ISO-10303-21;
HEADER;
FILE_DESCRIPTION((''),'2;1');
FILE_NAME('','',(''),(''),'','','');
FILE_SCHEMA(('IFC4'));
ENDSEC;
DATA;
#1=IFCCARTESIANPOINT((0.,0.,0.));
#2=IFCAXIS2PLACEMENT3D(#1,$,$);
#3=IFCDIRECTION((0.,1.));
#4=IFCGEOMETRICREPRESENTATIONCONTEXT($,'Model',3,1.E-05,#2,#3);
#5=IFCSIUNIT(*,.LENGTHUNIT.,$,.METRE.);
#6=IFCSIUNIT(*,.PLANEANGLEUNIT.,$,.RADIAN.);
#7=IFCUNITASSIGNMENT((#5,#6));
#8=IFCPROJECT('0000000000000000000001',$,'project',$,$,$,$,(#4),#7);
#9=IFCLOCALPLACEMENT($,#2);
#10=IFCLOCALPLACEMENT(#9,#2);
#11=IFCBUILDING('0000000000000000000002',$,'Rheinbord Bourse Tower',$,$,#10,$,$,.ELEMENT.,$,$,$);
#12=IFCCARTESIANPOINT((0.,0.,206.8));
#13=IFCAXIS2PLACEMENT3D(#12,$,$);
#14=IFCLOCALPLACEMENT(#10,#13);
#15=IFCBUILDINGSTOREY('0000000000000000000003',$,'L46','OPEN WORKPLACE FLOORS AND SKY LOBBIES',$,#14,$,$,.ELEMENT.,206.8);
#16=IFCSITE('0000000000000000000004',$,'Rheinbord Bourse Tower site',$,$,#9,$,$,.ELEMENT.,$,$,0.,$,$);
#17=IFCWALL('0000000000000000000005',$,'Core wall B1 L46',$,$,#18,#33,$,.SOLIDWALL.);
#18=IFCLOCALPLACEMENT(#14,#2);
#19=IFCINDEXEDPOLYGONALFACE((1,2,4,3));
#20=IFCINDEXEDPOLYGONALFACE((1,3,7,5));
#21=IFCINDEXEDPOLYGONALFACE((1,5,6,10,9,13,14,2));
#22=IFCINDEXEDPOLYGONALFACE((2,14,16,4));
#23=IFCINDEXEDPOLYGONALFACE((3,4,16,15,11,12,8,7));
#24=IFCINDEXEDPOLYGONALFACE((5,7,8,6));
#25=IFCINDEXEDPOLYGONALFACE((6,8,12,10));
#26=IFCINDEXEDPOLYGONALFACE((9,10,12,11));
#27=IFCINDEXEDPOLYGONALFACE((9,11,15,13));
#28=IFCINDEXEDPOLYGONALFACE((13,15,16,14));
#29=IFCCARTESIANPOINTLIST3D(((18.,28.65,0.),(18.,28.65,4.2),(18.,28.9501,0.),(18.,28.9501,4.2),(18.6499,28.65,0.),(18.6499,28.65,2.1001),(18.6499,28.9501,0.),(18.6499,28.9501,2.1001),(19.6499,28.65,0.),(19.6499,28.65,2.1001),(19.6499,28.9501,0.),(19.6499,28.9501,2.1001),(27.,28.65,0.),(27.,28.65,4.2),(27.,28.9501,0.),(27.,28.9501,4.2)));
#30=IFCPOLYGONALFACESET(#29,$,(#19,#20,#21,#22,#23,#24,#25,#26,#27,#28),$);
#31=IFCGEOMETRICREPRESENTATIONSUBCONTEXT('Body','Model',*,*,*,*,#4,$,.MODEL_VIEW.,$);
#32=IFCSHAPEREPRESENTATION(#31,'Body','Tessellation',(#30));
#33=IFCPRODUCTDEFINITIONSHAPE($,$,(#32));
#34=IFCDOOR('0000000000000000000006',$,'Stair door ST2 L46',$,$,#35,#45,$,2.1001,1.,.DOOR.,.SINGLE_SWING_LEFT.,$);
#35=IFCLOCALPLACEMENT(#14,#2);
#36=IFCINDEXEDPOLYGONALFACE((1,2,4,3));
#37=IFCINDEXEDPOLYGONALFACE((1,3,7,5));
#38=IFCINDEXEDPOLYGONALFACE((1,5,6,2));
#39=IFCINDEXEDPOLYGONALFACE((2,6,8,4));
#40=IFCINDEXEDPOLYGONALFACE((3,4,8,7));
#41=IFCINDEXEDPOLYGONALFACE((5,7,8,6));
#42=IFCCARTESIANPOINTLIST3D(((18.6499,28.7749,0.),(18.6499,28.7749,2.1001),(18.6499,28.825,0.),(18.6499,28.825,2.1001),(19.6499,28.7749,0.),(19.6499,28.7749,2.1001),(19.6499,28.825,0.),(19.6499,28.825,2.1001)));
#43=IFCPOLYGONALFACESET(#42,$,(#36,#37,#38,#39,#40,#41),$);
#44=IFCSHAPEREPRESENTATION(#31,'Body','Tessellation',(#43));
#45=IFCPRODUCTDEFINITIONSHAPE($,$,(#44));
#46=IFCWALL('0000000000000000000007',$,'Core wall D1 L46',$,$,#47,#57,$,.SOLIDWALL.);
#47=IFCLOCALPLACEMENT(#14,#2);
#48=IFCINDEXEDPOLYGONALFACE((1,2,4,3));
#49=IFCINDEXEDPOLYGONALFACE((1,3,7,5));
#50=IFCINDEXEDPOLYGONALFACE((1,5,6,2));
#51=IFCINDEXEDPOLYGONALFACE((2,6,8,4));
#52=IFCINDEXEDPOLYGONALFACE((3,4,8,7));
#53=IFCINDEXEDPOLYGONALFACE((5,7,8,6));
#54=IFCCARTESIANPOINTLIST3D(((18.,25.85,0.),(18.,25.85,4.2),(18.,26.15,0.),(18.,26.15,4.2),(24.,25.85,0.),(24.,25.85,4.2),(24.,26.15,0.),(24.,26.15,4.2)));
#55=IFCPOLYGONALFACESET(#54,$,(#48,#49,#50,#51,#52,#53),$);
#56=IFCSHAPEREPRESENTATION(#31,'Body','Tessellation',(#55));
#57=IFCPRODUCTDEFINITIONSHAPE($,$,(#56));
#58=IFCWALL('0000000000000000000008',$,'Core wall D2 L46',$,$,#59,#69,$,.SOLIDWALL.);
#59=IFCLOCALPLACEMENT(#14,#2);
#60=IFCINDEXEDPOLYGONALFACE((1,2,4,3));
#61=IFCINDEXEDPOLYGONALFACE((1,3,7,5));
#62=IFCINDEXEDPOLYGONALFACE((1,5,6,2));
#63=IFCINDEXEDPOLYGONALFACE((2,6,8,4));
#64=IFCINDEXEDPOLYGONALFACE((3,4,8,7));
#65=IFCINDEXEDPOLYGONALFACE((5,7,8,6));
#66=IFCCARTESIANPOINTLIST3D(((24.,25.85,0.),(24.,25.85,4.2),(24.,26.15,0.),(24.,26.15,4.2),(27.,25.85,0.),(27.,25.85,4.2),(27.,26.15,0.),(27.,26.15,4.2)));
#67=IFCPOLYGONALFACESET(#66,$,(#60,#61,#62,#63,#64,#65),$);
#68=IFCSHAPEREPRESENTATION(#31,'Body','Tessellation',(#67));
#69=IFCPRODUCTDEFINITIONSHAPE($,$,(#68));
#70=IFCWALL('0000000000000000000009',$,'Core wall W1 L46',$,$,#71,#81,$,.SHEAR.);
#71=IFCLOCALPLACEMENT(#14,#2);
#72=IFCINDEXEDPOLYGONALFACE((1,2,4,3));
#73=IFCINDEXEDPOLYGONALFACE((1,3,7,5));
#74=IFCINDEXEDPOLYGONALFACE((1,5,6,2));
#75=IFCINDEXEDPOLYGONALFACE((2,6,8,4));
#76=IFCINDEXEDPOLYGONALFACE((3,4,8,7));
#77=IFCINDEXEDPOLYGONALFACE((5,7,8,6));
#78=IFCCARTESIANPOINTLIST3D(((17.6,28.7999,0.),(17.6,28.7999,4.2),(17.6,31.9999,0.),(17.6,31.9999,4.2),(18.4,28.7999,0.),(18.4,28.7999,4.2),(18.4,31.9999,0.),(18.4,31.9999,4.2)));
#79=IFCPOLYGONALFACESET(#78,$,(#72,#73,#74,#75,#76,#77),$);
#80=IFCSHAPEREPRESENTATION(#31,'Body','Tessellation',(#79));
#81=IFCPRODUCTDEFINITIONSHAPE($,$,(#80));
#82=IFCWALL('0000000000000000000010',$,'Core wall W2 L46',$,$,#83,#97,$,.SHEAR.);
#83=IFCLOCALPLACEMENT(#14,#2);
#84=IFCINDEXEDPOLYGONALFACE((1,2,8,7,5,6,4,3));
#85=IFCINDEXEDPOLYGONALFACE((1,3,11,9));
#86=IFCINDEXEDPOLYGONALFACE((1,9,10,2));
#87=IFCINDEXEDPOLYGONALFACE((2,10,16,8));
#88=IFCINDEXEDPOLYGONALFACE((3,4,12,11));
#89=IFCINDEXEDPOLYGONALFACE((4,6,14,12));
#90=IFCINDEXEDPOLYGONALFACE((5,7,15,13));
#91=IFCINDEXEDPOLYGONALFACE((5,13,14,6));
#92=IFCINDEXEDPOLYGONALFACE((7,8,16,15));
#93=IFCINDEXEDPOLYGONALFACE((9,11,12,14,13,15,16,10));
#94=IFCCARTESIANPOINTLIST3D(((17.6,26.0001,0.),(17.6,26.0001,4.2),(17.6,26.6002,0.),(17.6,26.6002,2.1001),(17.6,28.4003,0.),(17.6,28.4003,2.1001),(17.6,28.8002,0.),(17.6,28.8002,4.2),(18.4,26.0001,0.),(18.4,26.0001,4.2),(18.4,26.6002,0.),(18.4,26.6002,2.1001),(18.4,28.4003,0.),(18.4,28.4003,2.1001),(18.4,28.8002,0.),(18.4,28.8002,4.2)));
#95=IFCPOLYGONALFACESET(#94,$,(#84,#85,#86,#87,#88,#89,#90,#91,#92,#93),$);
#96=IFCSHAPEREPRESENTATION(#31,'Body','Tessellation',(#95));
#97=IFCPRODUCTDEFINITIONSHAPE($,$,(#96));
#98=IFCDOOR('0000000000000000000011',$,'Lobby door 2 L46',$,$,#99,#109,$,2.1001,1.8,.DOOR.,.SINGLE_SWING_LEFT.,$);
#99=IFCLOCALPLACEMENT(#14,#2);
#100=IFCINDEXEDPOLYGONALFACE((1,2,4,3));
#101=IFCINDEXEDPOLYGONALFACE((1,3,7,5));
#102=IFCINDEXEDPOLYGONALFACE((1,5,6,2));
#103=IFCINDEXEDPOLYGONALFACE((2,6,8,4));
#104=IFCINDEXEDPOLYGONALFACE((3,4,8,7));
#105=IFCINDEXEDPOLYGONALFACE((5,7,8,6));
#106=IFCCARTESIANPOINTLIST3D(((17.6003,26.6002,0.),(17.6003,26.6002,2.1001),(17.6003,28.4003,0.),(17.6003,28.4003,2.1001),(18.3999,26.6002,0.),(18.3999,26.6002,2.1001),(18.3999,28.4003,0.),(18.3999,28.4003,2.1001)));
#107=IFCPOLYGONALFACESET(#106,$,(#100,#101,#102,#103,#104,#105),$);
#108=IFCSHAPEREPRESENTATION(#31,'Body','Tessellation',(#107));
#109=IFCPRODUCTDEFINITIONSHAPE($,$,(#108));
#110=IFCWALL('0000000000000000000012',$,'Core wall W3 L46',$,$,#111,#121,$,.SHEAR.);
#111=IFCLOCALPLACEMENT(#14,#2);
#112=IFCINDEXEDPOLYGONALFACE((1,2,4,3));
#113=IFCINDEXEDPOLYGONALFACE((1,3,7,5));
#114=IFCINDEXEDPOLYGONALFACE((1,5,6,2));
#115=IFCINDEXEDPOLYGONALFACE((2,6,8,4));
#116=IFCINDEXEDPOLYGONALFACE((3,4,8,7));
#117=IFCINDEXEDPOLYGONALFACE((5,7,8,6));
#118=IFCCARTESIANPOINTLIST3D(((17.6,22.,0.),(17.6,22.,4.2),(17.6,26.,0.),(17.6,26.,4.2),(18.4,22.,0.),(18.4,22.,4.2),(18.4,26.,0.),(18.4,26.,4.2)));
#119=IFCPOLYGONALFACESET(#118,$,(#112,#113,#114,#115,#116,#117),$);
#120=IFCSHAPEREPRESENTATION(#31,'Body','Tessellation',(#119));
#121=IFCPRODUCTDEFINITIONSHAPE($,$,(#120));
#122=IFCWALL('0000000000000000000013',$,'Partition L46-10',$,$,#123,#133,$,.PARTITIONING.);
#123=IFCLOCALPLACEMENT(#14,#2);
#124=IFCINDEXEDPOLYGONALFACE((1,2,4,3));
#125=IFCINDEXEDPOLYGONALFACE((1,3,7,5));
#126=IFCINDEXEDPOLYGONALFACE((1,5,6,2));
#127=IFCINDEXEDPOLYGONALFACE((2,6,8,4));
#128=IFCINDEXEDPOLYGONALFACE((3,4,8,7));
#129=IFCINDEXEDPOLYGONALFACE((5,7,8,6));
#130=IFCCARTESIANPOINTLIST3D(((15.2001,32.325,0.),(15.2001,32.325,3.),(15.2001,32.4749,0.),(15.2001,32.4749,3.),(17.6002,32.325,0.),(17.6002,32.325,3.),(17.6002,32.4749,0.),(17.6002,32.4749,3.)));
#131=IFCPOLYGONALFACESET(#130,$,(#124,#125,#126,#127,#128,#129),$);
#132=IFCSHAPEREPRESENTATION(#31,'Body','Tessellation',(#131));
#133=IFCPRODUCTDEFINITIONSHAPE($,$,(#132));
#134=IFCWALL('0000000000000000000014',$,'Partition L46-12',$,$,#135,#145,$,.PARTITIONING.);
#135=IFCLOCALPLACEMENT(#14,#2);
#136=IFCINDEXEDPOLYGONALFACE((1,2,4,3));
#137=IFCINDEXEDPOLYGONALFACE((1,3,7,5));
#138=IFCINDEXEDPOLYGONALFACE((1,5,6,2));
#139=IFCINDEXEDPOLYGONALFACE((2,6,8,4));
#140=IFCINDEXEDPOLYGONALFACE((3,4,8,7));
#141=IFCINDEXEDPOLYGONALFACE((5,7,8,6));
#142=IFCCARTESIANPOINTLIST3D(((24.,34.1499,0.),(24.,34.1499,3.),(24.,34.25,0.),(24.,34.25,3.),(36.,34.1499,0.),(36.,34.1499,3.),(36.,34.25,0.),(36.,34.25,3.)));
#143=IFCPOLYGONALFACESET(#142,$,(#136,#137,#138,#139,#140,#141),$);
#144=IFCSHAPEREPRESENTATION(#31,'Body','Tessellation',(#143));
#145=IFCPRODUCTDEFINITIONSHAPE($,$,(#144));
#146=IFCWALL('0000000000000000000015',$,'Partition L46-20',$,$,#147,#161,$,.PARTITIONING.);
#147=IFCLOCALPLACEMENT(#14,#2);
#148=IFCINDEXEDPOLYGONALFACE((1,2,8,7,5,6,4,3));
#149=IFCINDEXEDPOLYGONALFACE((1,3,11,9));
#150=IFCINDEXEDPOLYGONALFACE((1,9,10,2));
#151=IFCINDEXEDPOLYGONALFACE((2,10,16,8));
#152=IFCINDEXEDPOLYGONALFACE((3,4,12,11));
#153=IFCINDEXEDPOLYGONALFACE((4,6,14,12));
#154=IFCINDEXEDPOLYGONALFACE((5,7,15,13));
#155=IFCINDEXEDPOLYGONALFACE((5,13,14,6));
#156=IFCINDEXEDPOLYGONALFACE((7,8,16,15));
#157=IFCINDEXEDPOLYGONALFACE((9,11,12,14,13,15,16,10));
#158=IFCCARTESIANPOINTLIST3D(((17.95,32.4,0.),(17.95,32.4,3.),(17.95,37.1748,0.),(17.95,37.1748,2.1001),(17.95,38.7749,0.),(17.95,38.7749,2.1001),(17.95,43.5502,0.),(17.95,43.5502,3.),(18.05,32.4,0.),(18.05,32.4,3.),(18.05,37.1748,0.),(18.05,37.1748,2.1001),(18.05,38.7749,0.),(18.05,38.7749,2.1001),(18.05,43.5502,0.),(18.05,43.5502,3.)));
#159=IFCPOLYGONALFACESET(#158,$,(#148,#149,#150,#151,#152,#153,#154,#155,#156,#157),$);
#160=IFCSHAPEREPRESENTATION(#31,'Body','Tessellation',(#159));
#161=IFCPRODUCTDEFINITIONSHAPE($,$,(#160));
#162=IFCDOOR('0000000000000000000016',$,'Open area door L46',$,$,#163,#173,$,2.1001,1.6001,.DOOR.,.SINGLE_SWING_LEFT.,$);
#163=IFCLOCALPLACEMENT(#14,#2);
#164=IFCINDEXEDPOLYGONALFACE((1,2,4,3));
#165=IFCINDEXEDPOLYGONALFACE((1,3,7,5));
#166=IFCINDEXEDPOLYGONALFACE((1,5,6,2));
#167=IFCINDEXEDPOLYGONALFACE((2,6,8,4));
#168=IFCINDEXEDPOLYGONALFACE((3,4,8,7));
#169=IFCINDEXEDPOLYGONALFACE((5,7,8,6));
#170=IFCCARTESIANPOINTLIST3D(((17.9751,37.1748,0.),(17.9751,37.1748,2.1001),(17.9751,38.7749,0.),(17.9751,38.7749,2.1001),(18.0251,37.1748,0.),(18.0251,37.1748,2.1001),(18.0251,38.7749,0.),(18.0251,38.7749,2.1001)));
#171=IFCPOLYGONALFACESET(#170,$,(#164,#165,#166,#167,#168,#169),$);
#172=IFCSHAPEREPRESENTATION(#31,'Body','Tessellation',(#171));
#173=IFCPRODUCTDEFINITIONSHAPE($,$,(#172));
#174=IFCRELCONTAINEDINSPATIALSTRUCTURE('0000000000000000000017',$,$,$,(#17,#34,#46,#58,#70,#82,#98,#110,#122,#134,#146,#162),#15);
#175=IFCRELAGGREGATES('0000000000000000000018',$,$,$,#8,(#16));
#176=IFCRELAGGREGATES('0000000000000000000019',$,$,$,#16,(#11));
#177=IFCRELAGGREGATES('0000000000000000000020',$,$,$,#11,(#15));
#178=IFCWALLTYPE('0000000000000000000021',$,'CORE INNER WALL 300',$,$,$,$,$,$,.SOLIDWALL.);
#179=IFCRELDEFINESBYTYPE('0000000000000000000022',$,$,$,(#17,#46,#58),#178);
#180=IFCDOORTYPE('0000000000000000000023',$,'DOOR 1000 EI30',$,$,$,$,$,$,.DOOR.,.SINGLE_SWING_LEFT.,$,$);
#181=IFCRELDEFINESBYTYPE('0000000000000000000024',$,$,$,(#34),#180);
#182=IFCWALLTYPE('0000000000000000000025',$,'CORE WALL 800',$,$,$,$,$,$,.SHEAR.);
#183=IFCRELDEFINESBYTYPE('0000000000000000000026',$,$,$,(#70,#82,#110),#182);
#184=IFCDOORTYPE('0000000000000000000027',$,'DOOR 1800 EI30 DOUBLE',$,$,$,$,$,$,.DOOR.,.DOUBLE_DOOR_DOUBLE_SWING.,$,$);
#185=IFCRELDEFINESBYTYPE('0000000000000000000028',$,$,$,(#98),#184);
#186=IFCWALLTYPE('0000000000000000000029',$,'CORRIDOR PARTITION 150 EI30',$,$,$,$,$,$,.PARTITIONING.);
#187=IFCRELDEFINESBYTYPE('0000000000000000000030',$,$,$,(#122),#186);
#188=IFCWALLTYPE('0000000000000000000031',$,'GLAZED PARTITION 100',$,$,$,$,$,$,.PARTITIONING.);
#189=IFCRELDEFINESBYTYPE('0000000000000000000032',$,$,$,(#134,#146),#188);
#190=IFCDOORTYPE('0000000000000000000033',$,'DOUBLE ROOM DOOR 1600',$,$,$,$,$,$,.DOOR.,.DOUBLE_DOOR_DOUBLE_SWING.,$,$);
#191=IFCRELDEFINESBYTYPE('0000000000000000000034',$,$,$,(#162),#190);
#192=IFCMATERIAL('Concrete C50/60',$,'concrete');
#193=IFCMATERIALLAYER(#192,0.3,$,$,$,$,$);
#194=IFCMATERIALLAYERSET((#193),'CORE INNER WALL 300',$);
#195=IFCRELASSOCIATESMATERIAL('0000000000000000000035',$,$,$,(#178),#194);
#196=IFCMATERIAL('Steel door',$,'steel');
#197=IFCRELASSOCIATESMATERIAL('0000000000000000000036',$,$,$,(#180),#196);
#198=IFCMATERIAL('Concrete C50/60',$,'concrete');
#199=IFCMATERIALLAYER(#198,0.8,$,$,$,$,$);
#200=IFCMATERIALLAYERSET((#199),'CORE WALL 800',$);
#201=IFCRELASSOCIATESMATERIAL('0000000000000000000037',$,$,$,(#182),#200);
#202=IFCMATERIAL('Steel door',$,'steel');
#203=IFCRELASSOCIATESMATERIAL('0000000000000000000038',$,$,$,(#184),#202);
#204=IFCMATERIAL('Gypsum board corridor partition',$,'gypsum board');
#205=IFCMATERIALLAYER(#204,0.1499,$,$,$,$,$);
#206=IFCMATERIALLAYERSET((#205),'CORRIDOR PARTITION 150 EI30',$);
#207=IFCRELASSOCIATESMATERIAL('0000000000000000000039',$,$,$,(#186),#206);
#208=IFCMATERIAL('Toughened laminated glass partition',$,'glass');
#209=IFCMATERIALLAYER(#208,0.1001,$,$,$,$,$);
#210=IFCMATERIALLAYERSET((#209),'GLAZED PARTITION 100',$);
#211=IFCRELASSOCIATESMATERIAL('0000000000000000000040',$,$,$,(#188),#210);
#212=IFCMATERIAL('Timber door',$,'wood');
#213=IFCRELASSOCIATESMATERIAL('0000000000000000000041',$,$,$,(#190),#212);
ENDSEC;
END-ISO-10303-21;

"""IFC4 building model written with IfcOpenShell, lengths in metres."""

from ifc_helpers import new_model, si_unit, direction, frame, frame_2d, origin, place, context, subcontext, project, spatial, rectangle, extrude, material, layer, layer_set, type_object, element, fill, save


model = new_model("IFC4")

# Units and contexts
model_context = context("Model", 3, precision=1e-05, world=origin(), true_north=direction((0.0, 1.0)))
body_context = subcontext(model_context, "Body", "Model", "MODEL_VIEW")
ifc_project = project(units=[si_unit("LENGTHUNIT", "METRE"), si_unit("PLANEANGLEUNIT", "RADIAN")], contexts=[model_context])

# Site, building, storey
site_placement = place(None, origin())
site = spatial("IfcSite", under=ifc_project, at=site_placement, Name="Rheinbord Bourse Tower site", CompositionType="ELEMENT", RefElevation=0.0)
building_placement = place(site_placement, origin())
building = spatial("IfcBuilding", under=site, at=building_placement, Name="Rheinbord Bourse Tower", CompositionType="ELEMENT")
storey_placement = place(building_placement, frame((0.0, 0.0, 206.8)))
storey = spatial("IfcBuildingStorey", under=building, at=storey_placement, Name="L46", Description="OPEN WORKPLACE FLOORS AND SKY LOBBIES", CompositionType="ELEMENT", Elevation=206.8)

# Wall, opening, door
ifc_material_1 = material(Name="Concrete C50/60", Category="concrete")
ifc_layer_1 = layer(ifc_material_1, 0.3)
ifc_layer_set_1 = layer_set([ifc_layer_1], Name="CORE INNER WALL 300")
wall_type_1 = type_object("IfcWallType", Name="CORE INNER WALL 300", PredefinedType="SOLIDWALL", material=ifc_layer_set_1)
wall_1_placement = place(storey_placement, frame((18.0, 28.8, 0.0), z_axis=(0.0, 0.0, 1.0), x_axis=(1.0, 0.0, 0.0)))
wall_1 = element("IfcWall", 1, at=wall_1_placement, inside=storey, type_object=wall_type_1, Name="Core wall B1 L46", PredefinedType="SOLIDWALL", context=body_context, shape_type="SweptSolid", body=[
    extrude(rectangle(XDim=9.0, YDim=0.3, at=frame_2d((4.5, 0.0))), origin(), (0.0, 0.0, 1.0), 4.2),
])
opening_1_placement = place(wall_1_placement, frame((0.6499, 0.0, 0.0)))
opening_1 = element("IfcOpeningElement", 2, at=opening_1_placement, cuts=wall_1, PredefinedType="OPENING", context=body_context, shape_type="SweptSolid", body=[
    extrude(rectangle(XDim=1.0, YDim=2.1001, at=frame_2d((0.5, 1.05))), frame((0.0, 0.1599, 0.0), z_axis=(0.0, -1.0, 0.0), x_axis=(1.0, 0.0, 0.0)), (0.0, 0.0, 1.0), 0.3201),
])
ifc_material_2 = material(Name="Steel door", Category="steel")
door_type_1 = type_object("IfcDoorType", Name="DOOR 1000 EI30", OperationType="SINGLE_SWING_LEFT", PredefinedType="DOOR", material=ifc_material_2)
door_1_placement = place(opening_1_placement, origin())
door_1 = element("IfcDoor", 3, at=door_1_placement, inside=storey, type_object=door_type_1, Name="Stair door ST2 L46", OperationType="SINGLE_SWING_LEFT", OverallHeight=2.1001, OverallWidth=1.0, PredefinedType="DOOR", context=body_context, shape_type="SweptSolid", body=[
    extrude(rectangle(XDim=1.0, YDim=2.1001, at=frame_2d((0.5, 1.05))), frame((0.0, 0.0249, 0.0), z_axis=(0.0, -1.0, 0.0), x_axis=(1.0, 0.0, 0.0)), (0.0, 0.0, 1.0), 0.05),
])
fill(opening_1, door_1)

# Walls
wall_2_placement = place(storey_placement, frame((18.0, 26.0, 0.0), z_axis=(0.0, 0.0, 1.0), x_axis=(1.0, 0.0, 0.0)))
element("IfcWall", 4, at=wall_2_placement, inside=storey, type_object=wall_type_1, Name="Core wall D1 L46", PredefinedType="SOLIDWALL", context=body_context, shape_type="SweptSolid", body=[
    extrude(rectangle(XDim=6.0, YDim=0.3, at=frame_2d((3.0, 0.0))), origin(), (0.0, 0.0, 1.0), 4.2),
])
wall_3_placement = place(storey_placement, frame((24.0, 26.0, 0.0), z_axis=(0.0, 0.0, 1.0), x_axis=(1.0, 0.0, 0.0)))
element("IfcWall", 5, at=wall_3_placement, inside=storey, type_object=wall_type_1, Name="Core wall D2 L46", PredefinedType="SOLIDWALL", context=body_context, shape_type="SweptSolid", body=[
    extrude(rectangle(XDim=3.0, YDim=0.3, at=frame_2d((1.5, 0.0))), origin(), (0.0, 0.0, 1.0), 4.2),
])
ifc_material_3 = material(Name="Concrete C50/60", Category="concrete")
ifc_layer_2 = layer(ifc_material_3, 0.8)
ifc_layer_set_2 = layer_set([ifc_layer_2], Name="CORE WALL 800")
wall_type_2 = type_object("IfcWallType", Name="CORE WALL 800", PredefinedType="SHEAR", material=ifc_layer_set_2)
wall_4_placement = place(storey_placement, frame((18.0, 32.0, 0.0), z_axis=(0.0, 0.0, 1.0), x_axis=(0.0, -1.0, 0.0)))
element("IfcWall", 6, at=wall_4_placement, inside=storey, type_object=wall_type_2, Name="Core wall W1 L46", PredefinedType="SHEAR", context=body_context, shape_type="SweptSolid", body=[
    extrude(rectangle(XDim=3.2, YDim=0.8, at=frame_2d((1.6001, 0.0))), origin(), (0.0, 0.0, 1.0), 4.2),
])

# Wall, opening, door
wall_5_placement = place(storey_placement, frame((18.0, 28.8, 0.0), z_axis=(0.0, 0.0, 1.0), x_axis=(0.0, -1.0, 0.0)))
wall_5 = element("IfcWall", 7, at=wall_5_placement, inside=storey, type_object=wall_type_2, Name="Core wall W2 L46", PredefinedType="SHEAR", context=body_context, shape_type="SweptSolid", body=[
    extrude(rectangle(XDim=2.8, YDim=0.8, at=frame_2d((1.3999, 0.0))), origin(), (0.0, 0.0, 1.0), 4.2),
])
opening_2_placement = place(wall_5_placement, frame((0.3999, 0.0, 0.0)))
opening_2 = element("IfcOpeningElement", 8, at=opening_2_placement, cuts=wall_5, PredefinedType="OPENING", context=body_context, shape_type="SweptSolid", body=[
    extrude(rectangle(XDim=1.8, YDim=2.1001, at=frame_2d((0.8999, 1.05))), frame((0.0, 0.4099, 0.0), z_axis=(0.0, -1.0, 0.0), x_axis=(1.0, 0.0, 0.0)), (0.0, 0.0, 1.0), 0.8201),
])
ifc_material_4 = material(Name="Steel door", Category="steel")
door_type_2 = type_object("IfcDoorType", Name="DOOR 1800 EI30 DOUBLE", OperationType="DOUBLE_DOOR_DOUBLE_SWING", PredefinedType="DOOR", material=ifc_material_4)
door_2_placement = place(opening_2_placement, origin())
door_2 = element("IfcDoor", 9, at=door_2_placement, inside=storey, type_object=door_type_2, Name="Lobby door 2 L46", OperationType="SINGLE_SWING_LEFT", OverallHeight=2.1001, OverallWidth=1.8, PredefinedType="DOOR", context=body_context, shape_type="SweptSolid", body=[
    extrude(rectangle(XDim=1.8, YDim=2.1001, at=frame_2d((0.8999, 1.05))), frame((0.0, 0.3999, 0.0), z_axis=(0.0, -1.0, 0.0), x_axis=(1.0, 0.0, 0.0)), (0.0, 0.0, 1.0), 0.7996),
])
fill(opening_2, door_2)

# Walls
wall_6_placement = place(storey_placement, frame((18.0, 26.0, 0.0), z_axis=(0.0, 0.0, 1.0), x_axis=(0.0, -1.0, 0.0)))
element("IfcWall", 10, at=wall_6_placement, inside=storey, type_object=wall_type_2, Name="Core wall W3 L46", PredefinedType="SHEAR", context=body_context, shape_type="SweptSolid", body=[
    extrude(rectangle(XDim=4.0, YDim=0.8, at=frame_2d((2.0, 0.0))), origin(), (0.0, 0.0, 1.0), 4.2),
])
ifc_material_5 = material(Name="Gypsum board corridor partition", Category="gypsum board")
ifc_layer_3 = layer(ifc_material_5, 0.1499)
ifc_layer_set_3 = layer_set([ifc_layer_3], Name="CORRIDOR PARTITION 150 EI30")
wall_type_3 = type_object("IfcWallType", Name="CORRIDOR PARTITION 150 EI30", PredefinedType="PARTITIONING", material=ifc_layer_set_3)
wall_7_placement = place(storey_placement, frame((15.2, 32.3999, 0.0), z_axis=(0.0, 0.0, 1.0), x_axis=(1.0, 0.0, 0.0)))
element("IfcWall", 11, at=wall_7_placement, inside=storey, type_object=wall_type_3, Name="Partition L46-10", PredefinedType="PARTITIONING", context=body_context, shape_type="SweptSolid", body=[
    extrude(rectangle(XDim=2.4001, YDim=0.1499, at=frame_2d((1.2002, 0.0))), origin(), (0.0, 0.0, 1.0), 3.0),
])
ifc_material_6 = material(Name="Toughened laminated glass partition", Category="glass")
ifc_layer_4 = layer(ifc_material_6, 0.1001)
ifc_layer_set_4 = layer_set([ifc_layer_4], Name="GLAZED PARTITION 100")
wall_type_4 = type_object("IfcWallType", Name="GLAZED PARTITION 100", PredefinedType="PARTITIONING", material=ifc_layer_set_4)
wall_8_placement = place(storey_placement, frame((24.0, 34.2, 0.0), z_axis=(0.0, 0.0, 1.0), x_axis=(1.0, 0.0, 0.0)))
element("IfcWall", 12, at=wall_8_placement, inside=storey, type_object=wall_type_4, Name="Partition L46-12", PredefinedType="PARTITIONING", context=body_context, shape_type="SweptSolid", body=[
    extrude(rectangle(XDim=12.0, YDim=0.1001, at=frame_2d((6.0, 0.0))), origin(), (0.0, 0.0, 1.0), 3.0),
])

# Wall, opening, door
wall_9_placement = place(storey_placement, frame((18.0, 32.3999, 0.0), z_axis=(0.0, 0.0, 1.0), x_axis=(0.0, 1.0, 0.0)))
wall_9 = element("IfcWall", 13, at=wall_9_placement, inside=storey, type_object=wall_type_4, Name="Partition L46-20", PredefinedType="PARTITIONING", context=body_context, shape_type="SweptSolid", body=[
    extrude(rectangle(XDim=11.1501, YDim=0.1001, at=frame_2d((5.5752, 0.0))), origin(), (0.0, 0.0, 1.0), 3.0),
])
opening_3_placement = place(wall_9_placement, frame((4.7749, 0.0, 0.0)))
opening_3 = element("IfcOpeningElement", 14, at=opening_3_placement, cuts=wall_9, PredefinedType="OPENING", context=body_context, shape_type="SweptSolid", body=[
    extrude(rectangle(XDim=1.6001, YDim=2.1001, at=frame_2d((0.8, 1.05))), frame((0.0, 0.0601, 0.0), z_axis=(0.0, -1.0, 0.0), x_axis=(1.0, 0.0, 0.0)), (0.0, 0.0, 1.0), 0.1201),
])
ifc_material_7 = material(Name="Timber door", Category="wood")
door_type_3 = type_object("IfcDoorType", Name="DOUBLE ROOM DOOR 1600", OperationType="DOUBLE_DOOR_DOUBLE_SWING", PredefinedType="DOOR", material=ifc_material_7)
door_3_placement = place(opening_3_placement, origin())
door_3 = element("IfcDoor", 15, at=door_3_placement, inside=storey, type_object=door_type_3, Name="Open area door L46", OperationType="SINGLE_SWING_LEFT", OverallHeight=2.1001, OverallWidth=1.6001, PredefinedType="DOOR", context=body_context, shape_type="SweptSolid", body=[
    extrude(rectangle(XDim=1.6001, YDim=2.1001, at=frame_2d((0.8, 1.05))), frame((0.0, 0.0249, 0.0), z_axis=(0.0, -1.0, 0.0), x_axis=(1.0, 0.0, 0.0)), (0.0, 0.0, 1.0), 0.05),
])
fill(opening_3, door_3)

save(model, "model.ifc")
